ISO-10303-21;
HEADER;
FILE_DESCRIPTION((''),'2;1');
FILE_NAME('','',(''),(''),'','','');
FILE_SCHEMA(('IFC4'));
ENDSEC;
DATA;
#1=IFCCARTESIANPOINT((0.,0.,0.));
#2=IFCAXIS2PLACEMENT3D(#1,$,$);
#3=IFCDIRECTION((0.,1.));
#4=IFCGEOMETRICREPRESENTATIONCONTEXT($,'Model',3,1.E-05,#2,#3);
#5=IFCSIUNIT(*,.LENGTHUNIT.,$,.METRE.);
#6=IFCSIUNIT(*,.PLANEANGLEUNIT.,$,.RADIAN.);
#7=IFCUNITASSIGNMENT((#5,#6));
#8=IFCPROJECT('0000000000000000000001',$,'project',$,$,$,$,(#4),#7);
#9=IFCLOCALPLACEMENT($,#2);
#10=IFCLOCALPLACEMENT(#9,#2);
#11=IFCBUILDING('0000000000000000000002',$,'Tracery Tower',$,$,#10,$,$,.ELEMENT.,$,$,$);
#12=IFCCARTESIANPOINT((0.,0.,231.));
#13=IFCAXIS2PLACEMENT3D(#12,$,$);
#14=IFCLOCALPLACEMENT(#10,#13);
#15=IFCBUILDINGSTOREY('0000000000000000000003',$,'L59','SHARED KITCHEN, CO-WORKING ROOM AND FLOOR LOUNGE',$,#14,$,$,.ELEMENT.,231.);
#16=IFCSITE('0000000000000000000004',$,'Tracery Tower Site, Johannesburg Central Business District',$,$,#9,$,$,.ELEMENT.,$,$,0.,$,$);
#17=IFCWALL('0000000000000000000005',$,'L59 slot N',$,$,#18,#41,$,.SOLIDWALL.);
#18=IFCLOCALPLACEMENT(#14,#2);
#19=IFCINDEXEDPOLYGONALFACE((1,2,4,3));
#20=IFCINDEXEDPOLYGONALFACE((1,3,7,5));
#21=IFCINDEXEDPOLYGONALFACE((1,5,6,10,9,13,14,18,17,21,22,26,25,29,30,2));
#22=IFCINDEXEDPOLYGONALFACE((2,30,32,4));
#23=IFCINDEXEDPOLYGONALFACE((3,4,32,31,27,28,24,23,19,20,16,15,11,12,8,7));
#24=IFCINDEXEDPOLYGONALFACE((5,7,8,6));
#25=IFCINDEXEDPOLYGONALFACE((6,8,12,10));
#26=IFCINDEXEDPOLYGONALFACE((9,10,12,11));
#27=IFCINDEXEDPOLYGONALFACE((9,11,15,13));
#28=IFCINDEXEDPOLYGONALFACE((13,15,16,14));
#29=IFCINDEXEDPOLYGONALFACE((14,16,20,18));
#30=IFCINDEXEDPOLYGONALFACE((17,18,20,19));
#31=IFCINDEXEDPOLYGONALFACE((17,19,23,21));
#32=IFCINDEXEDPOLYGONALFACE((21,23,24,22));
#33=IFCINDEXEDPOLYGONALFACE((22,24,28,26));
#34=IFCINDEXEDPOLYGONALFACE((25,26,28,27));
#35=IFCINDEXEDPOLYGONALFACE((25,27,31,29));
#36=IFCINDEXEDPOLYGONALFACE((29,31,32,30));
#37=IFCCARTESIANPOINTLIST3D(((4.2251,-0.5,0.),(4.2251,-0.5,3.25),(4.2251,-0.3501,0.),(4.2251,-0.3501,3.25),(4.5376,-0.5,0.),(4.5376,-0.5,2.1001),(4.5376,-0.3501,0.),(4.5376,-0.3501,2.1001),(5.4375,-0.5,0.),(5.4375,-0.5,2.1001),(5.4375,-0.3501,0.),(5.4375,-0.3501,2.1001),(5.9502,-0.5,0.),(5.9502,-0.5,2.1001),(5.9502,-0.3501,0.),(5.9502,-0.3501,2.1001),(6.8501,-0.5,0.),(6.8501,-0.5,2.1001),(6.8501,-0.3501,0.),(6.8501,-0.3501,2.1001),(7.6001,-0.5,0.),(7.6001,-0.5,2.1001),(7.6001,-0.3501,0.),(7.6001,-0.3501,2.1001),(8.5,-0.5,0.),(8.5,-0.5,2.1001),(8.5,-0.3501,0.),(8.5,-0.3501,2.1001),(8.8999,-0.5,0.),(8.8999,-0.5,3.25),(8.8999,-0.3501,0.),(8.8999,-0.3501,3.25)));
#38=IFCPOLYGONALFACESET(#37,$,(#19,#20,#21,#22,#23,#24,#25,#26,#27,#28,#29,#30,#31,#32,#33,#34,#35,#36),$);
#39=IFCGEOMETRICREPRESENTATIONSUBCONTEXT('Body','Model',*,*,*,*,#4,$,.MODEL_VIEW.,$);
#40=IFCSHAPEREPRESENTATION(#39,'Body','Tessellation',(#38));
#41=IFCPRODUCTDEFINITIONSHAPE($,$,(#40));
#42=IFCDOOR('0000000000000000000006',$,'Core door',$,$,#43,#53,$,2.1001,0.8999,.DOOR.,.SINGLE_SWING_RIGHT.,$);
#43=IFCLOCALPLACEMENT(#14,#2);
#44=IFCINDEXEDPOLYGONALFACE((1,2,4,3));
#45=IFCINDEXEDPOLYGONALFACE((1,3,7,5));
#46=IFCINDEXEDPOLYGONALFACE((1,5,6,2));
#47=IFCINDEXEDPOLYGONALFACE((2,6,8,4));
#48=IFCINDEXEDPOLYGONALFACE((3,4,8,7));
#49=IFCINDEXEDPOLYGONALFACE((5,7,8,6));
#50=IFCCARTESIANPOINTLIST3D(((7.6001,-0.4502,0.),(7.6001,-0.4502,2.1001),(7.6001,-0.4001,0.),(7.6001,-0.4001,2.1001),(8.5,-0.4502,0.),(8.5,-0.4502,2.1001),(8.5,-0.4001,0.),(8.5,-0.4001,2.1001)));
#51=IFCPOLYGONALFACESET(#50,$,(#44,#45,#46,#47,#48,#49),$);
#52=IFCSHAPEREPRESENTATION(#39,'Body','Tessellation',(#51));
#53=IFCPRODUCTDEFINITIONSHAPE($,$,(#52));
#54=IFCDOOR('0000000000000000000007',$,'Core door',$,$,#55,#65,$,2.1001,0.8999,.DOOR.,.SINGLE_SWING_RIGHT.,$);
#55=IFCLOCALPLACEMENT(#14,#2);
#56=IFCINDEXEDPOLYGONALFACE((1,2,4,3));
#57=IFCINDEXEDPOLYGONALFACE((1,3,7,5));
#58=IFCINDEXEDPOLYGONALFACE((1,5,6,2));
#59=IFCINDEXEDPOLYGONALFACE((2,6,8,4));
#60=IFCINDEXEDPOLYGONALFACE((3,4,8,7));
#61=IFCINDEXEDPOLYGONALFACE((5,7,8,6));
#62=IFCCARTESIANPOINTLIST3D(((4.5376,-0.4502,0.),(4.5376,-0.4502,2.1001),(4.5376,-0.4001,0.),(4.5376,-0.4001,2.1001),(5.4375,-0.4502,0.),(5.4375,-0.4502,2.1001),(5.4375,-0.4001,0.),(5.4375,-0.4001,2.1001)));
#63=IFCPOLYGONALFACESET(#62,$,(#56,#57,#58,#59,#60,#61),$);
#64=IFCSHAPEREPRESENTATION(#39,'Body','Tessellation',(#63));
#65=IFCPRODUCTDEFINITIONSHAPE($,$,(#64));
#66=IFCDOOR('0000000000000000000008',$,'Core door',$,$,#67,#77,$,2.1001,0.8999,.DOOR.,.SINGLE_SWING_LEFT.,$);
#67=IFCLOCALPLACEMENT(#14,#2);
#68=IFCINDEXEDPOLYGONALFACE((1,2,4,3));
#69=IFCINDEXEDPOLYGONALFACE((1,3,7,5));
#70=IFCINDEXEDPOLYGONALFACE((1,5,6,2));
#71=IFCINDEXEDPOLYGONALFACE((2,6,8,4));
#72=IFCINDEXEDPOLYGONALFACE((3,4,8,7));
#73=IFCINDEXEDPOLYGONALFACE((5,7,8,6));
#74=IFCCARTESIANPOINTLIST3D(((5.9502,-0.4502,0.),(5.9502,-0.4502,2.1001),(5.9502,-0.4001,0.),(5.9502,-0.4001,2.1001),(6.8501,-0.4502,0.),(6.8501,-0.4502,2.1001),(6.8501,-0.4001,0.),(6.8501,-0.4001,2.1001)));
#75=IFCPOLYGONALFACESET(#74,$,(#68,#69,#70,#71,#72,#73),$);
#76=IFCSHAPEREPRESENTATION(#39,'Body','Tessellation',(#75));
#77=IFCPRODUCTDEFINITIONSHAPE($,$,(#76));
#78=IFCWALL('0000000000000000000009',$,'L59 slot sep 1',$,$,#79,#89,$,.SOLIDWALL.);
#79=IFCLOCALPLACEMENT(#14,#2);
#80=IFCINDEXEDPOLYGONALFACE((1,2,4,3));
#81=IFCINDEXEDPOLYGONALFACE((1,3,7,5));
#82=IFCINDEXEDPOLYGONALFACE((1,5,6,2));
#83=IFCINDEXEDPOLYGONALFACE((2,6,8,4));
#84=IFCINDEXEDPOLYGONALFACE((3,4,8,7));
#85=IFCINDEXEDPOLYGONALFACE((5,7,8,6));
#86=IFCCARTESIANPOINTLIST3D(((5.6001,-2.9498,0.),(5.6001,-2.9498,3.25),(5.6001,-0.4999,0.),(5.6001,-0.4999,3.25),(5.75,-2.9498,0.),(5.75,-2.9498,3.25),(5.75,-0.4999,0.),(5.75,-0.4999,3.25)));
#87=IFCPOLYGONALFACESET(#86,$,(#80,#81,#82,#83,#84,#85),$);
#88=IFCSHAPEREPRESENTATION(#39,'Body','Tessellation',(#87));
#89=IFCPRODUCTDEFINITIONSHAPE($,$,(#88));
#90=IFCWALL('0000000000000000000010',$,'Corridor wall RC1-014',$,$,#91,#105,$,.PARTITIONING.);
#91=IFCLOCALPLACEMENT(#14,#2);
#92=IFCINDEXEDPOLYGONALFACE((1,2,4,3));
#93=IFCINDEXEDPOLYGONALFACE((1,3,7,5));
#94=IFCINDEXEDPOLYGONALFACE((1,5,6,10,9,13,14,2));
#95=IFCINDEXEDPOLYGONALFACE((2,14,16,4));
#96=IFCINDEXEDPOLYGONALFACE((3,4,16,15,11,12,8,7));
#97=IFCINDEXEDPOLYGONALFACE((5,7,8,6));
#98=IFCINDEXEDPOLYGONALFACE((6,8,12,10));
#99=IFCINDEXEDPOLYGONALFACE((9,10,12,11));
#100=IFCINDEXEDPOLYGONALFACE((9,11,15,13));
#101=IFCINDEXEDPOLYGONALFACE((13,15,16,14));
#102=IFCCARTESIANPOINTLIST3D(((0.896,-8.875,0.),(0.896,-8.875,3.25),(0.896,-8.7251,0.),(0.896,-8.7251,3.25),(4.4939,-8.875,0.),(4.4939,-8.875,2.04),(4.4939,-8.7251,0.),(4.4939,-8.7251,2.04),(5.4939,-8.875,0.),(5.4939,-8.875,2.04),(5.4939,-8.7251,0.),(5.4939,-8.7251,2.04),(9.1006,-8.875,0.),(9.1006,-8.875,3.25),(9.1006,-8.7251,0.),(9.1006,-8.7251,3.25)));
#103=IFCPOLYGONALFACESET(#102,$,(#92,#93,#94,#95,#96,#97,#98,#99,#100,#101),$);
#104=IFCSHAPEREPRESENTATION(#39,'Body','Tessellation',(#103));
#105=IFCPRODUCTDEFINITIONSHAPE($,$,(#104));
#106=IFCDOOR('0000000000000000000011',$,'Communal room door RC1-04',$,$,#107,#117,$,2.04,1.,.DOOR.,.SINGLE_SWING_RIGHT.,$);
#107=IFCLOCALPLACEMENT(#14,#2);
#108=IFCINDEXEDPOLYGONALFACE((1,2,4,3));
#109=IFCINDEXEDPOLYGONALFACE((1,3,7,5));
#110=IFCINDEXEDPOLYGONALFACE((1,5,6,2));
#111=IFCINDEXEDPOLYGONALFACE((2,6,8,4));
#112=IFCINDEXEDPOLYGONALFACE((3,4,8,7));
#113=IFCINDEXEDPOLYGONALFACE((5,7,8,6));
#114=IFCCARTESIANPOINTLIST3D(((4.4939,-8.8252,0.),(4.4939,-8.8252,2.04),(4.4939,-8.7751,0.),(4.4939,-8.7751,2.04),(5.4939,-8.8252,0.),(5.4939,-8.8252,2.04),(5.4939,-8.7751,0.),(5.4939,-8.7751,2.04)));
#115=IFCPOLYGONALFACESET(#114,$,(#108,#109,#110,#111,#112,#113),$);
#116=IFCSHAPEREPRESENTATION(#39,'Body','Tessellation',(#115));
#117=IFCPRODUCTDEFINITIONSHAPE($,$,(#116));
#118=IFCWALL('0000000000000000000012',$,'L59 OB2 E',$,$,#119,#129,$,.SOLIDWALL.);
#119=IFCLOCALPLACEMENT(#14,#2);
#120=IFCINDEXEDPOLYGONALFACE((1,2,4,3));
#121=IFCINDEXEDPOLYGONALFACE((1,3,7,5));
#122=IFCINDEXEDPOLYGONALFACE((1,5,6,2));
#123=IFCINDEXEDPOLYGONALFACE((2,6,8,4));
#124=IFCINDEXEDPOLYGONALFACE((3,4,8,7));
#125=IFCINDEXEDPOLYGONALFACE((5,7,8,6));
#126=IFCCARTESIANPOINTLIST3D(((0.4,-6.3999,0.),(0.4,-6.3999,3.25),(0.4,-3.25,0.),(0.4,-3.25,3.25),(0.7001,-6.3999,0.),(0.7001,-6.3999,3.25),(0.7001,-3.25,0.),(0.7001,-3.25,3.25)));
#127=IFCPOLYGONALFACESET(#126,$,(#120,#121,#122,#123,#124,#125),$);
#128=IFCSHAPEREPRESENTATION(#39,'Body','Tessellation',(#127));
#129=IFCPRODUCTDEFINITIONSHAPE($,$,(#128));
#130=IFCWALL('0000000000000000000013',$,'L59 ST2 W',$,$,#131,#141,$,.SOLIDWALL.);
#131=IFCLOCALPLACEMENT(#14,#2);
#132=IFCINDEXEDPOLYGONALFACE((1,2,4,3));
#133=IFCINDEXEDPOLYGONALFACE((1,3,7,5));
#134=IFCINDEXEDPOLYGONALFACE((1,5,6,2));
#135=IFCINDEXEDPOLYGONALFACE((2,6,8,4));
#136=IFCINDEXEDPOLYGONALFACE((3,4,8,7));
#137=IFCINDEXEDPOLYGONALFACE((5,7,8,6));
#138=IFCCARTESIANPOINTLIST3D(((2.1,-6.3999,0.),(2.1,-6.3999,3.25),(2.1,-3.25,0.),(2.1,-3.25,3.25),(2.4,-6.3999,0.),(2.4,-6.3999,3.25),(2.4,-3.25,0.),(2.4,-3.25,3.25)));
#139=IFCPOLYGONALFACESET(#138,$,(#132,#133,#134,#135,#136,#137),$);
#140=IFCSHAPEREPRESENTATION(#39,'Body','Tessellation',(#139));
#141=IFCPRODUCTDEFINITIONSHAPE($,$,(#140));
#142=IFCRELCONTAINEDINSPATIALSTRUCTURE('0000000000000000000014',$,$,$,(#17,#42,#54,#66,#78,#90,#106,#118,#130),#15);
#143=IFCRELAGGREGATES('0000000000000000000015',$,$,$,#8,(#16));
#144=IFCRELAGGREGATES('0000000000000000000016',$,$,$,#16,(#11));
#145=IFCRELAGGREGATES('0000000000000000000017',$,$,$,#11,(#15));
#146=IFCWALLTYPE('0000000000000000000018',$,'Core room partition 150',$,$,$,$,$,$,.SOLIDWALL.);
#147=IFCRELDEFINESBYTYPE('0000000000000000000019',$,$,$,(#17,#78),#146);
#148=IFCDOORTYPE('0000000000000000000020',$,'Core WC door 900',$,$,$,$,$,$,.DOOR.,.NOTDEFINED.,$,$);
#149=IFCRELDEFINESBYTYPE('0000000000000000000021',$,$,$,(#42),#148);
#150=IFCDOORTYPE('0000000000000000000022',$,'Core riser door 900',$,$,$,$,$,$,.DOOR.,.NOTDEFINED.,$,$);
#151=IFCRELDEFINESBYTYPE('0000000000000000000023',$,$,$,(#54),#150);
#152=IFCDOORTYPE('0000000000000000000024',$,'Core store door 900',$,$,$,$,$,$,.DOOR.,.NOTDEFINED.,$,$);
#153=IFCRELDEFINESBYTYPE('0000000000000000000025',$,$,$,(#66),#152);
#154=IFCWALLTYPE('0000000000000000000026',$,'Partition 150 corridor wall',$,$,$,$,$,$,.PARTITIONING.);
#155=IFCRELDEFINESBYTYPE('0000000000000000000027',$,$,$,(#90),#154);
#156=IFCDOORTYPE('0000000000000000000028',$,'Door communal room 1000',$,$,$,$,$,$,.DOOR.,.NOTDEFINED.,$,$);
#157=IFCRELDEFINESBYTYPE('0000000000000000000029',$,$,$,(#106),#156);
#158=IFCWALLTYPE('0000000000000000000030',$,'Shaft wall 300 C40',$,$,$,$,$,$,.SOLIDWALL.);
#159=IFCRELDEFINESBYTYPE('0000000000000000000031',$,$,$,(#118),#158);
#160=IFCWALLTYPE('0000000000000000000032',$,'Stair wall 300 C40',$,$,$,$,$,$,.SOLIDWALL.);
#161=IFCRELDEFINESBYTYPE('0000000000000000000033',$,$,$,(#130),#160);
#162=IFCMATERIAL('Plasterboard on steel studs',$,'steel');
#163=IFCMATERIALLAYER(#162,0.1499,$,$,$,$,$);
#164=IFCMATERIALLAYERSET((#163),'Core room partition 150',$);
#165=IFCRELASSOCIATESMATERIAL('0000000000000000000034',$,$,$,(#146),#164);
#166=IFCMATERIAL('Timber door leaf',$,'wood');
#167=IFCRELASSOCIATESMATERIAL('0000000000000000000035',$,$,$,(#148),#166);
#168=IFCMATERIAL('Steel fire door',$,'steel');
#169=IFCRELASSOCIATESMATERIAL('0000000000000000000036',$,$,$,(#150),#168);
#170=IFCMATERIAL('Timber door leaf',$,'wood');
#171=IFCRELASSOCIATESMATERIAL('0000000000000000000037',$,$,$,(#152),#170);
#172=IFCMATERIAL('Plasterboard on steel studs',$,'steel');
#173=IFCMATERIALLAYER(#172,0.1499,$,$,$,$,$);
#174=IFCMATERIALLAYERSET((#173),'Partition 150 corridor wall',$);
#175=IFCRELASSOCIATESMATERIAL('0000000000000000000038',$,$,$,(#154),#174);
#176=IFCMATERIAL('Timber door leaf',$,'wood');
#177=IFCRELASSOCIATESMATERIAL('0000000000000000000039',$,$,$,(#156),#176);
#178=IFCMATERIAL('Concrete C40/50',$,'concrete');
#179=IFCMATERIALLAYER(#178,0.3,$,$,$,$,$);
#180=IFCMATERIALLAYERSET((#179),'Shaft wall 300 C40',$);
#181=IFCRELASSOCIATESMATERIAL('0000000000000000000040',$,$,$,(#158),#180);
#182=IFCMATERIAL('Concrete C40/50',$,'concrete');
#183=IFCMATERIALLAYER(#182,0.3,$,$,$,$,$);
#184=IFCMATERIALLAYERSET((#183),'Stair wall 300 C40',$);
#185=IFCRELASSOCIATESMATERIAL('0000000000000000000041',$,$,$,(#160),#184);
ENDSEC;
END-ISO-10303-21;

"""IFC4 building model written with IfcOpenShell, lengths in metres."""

from ifc_helpers import new_model, si_unit, direction, frame, frame_2d, origin, place, context, subcontext, project, spatial, rectangle, extrude, material, layer, layer_set, type_object, element, fill, save


model = new_model("IFC4")

# Units and contexts
model_context = context("Model", 3, precision=1e-05, world=origin(), true_north=direction((0.0, 1.0)))
body_context = subcontext(model_context, "Body", "Model", "MODEL_VIEW")
ifc_project = project(units=[si_unit("LENGTHUNIT", "METRE"), si_unit("PLANEANGLEUNIT", "RADIAN")], contexts=[model_context])

# Site, building, storey
site_placement = place(None, origin())
site = spatial("IfcSite", under=ifc_project, at=site_placement, Name="Tracery Tower Site, Johannesburg Central Business District", CompositionType="ELEMENT", RefElevation=0.0)
building_placement = place(site_placement, origin())
building = spatial("IfcBuilding", under=site, at=building_placement, Name="Tracery Tower", CompositionType="ELEMENT")
storey_placement = place(building_placement, frame((0.0, 0.0, 231.0)))
storey = spatial("IfcBuildingStorey", under=building, at=storey_placement, Name="L59", Description="SHARED KITCHEN, CO-WORKING ROOM AND FLOOR LOUNGE", CompositionType="ELEMENT", Elevation=231.0)

# Shared definitions
ifc_material_1 = material(Name="Plasterboard on steel studs", Category="steel")
ifc_layer_1 = layer(ifc_material_1, 0.1499)
ifc_layer_set_1 = layer_set([ifc_layer_1], Name="Core room partition 150")
wall_type_1 = type_object("IfcWallType", Name="Core room partition 150", PredefinedType="SOLIDWALL", material=ifc_layer_set_1)

# Wall, openings, doors
wall_1_placement = place(storey_placement, frame((4.2251, -0.425, 0.0), z_axis=(0.0, 0.0, 1.0), x_axis=(1.0, 0.0, 0.0)))
wall_1 = element("IfcWall", 1, at=wall_1_placement, inside=storey, type_object=wall_type_1, Name="L59 slot N", PredefinedType="SOLIDWALL", context=body_context, shape_type="SweptSolid", body=[
    extrude(rectangle(XDim=4.6748, YDim=0.1499, at=frame_2d((2.3374, 0.0))), origin(), (0.0, 0.0, 1.0), 3.25),
])
opening_1_placement = place(wall_1_placement, frame((0.3125, 0.0, 0.0)))
opening_1 = element("IfcOpeningElement", 2, at=opening_1_placement, cuts=wall_1, PredefinedType="OPENING", context=body_context, shape_type="SweptSolid", body=[
    extrude(rectangle(XDim=0.8999, YDim=2.1001, at=frame_2d((0.45, 1.05))), frame((0.0, 0.075, 0.0), z_axis=(0.0, -1.0, 0.0), x_axis=(1.0, 0.0, 0.0)), (0.0, 0.0, 1.0), 0.1499),
])
opening_2_placement = place(wall_1_placement, frame((1.7251, 0.0, 0.0)))
opening_2 = element("IfcOpeningElement", 3, at=opening_2_placement, cuts=wall_1, PredefinedType="OPENING", context=body_context, shape_type="SweptSolid", body=[
    extrude(rectangle(XDim=0.8999, YDim=2.1001, at=frame_2d((0.45, 1.05))), frame((0.0, 0.075, 0.0), z_axis=(0.0, -1.0, 0.0), x_axis=(1.0, 0.0, 0.0)), (0.0, 0.0, 1.0), 0.1499),
])
opening_3_placement = place(wall_1_placement, frame((3.375, 0.0, 0.0)))
opening_3 = element("IfcOpeningElement", 4, at=opening_3_placement, cuts=wall_1, PredefinedType="OPENING", context=body_context, shape_type="SweptSolid", body=[
    extrude(rectangle(XDim=0.8999, YDim=2.1001, at=frame_2d((0.45, 1.05))), frame((0.0, 0.075, 0.0), z_axis=(0.0, -1.0, 0.0), x_axis=(1.0, 0.0, 0.0)), (0.0, 0.0, 1.0), 0.1499),
])
ifc_material_2 = material(Name="Timber door leaf", Category="wood")
door_type_1 = type_object("IfcDoorType", Name="Core WC door 900", OperationType="NOTDEFINED", PredefinedType="DOOR", material=ifc_material_2)
door_1_placement = place(opening_3_placement, origin())
door_1 = element("IfcDoor", 5, at=door_1_placement, inside=storey, type_object=door_type_1, Name="Core door", OperationType="SINGLE_SWING_RIGHT", OverallHeight=2.1001, OverallWidth=0.8999, PredefinedType="DOOR", context=body_context, shape_type="SweptSolid", body=[
    extrude(rectangle(XDim=0.8999, YDim=2.1001, at=frame_2d((0.45, 1.05))), frame((0.0, 0.0249, 0.0), z_axis=(0.0, -1.0, 0.0), x_axis=(1.0, 0.0, 0.0)), (0.0, 0.0, 1.0), 0.05),
])
fill(opening_3, door_1)
ifc_material_3 = material(Name="Steel fire door", Category="steel")
door_type_2 = type_object("IfcDoorType", Name="Core riser door 900", OperationType="NOTDEFINED", PredefinedType="DOOR", material=ifc_material_3)
door_2_placement = place(opening_1_placement, origin())
door_2 = element("IfcDoor", 6, at=door_2_placement, inside=storey, type_object=door_type_2, Name="Core door", OperationType="SINGLE_SWING_RIGHT", OverallHeight=2.1001, OverallWidth=0.8999, PredefinedType="DOOR", context=body_context, shape_type="SweptSolid", body=[
    extrude(rectangle(XDim=0.8999, YDim=2.1001, at=frame_2d((0.45, 1.05))), frame((0.0, 0.0249, 0.0), z_axis=(0.0, -1.0, 0.0), x_axis=(1.0, 0.0, 0.0)), (0.0, 0.0, 1.0), 0.05),
])
fill(opening_1, door_2)
ifc_material_4 = material(Name="Timber door leaf", Category="wood")
door_type_3 = type_object("IfcDoorType", Name="Core store door 900", OperationType="NOTDEFINED", PredefinedType="DOOR", material=ifc_material_4)
door_3_placement = place(opening_2_placement, origin())
door_3 = element("IfcDoor", 7, at=door_3_placement, inside=storey, type_object=door_type_3, Name="Core door", OperationType="SINGLE_SWING_LEFT", OverallHeight=2.1001, OverallWidth=0.8999, PredefinedType="DOOR", context=body_context, shape_type="SweptSolid", body=[
    extrude(rectangle(XDim=0.8999, YDim=2.1001, at=frame_2d((0.45, 1.05))), frame((0.0, 0.0249, 0.0), z_axis=(0.0, -1.0, 0.0), x_axis=(1.0, 0.0, 0.0)), (0.0, 0.0, 1.0), 0.05),
])
fill(opening_2, door_3)

# Wall
wall_2_placement = place(storey_placement, frame((5.675, -2.95, 0.0), z_axis=(0.0, 0.0, 1.0), x_axis=(0.0, 1.0, 0.0)))
element("IfcWall", 8, at=wall_2_placement, inside=storey, type_object=wall_type_1, Name="L59 slot sep 1", PredefinedType="SOLIDWALL", context=body_context, shape_type="SweptSolid", body=[
    extrude(rectangle(XDim=2.45, YDim=0.1499, at=frame_2d((1.2251, 0.0))), origin(), (0.0, 0.0, 1.0), 3.25),
])

# Wall, opening, door
ifc_material_5 = material(Name="Plasterboard on steel studs", Category="steel")
ifc_layer_2 = layer(ifc_material_5, 0.1499)
ifc_layer_set_2 = layer_set([ifc_layer_2], Name="Partition 150 corridor wall")
wall_type_2 = type_object("IfcWallType", Name="Partition 150 corridor wall", PredefinedType="PARTITIONING", material=ifc_layer_set_2)
wall_3_placement = place(storey_placement, frame((0.896, -8.8, 0.0), z_axis=(0.0, 0.0, 1.0), x_axis=(1.0, 0.0, 0.0)))
wall_3 = element("IfcWall", 9, at=wall_3_placement, inside=storey, type_object=wall_type_2, Name="Corridor wall RC1-014", PredefinedType="PARTITIONING", context=body_context, shape_type="SweptSolid", body=[
    extrude(rectangle(XDim=8.2046, YDim=0.1499, at=frame_2d((4.1023, 0.0))), origin(), (0.0, 0.0, 1.0), 3.25),
])
opening_4_placement = place(wall_3_placement, frame((3.5979, 0.0, 0.0)))
opening_4 = element("IfcOpeningElement", 10, at=opening_4_placement, cuts=wall_3, PredefinedType="OPENING", context=body_context, shape_type="SweptSolid", body=[
    extrude(rectangle(XDim=1.0, YDim=2.04, at=frame_2d((0.5, 1.02))), frame((0.0, 0.075, 0.0), z_axis=(0.0, -1.0, 0.0), x_axis=(1.0, 0.0, 0.0)), (0.0, 0.0, 1.0), 0.1499),
])
ifc_material_6 = material(Name="Timber door leaf", Category="wood")
door_type_4 = type_object("IfcDoorType", Name="Door communal room 1000", OperationType="NOTDEFINED", PredefinedType="DOOR", material=ifc_material_6)
door_4_placement = place(opening_4_placement, origin())
door_4 = element("IfcDoor", 11, at=door_4_placement, inside=storey, type_object=door_type_4, Name="Communal room door RC1-04", OperationType="SINGLE_SWING_RIGHT", OverallHeight=2.04, OverallWidth=1.0, PredefinedType="DOOR", context=body_context, shape_type="SweptSolid", body=[
    extrude(rectangle(XDim=1.0, YDim=2.04, at=frame_2d((0.5, 1.02))), frame((0.0, 0.0249, 0.0), z_axis=(0.0, -1.0, 0.0), x_axis=(1.0, 0.0, 0.0)), (0.0, 0.0, 1.0), 0.05),
])
fill(opening_4, door_4)

# Wall
ifc_material_7 = material(Name="Concrete C40/50", Category="concrete")
ifc_layer_3 = layer(ifc_material_7, 0.3)
ifc_layer_set_3 = layer_set([ifc_layer_3], Name="Shaft wall 300 C40")
wall_type_3 = type_object("IfcWallType", Name="Shaft wall 300 C40", PredefinedType="SOLIDWALL", material=ifc_layer_set_3)
wall_4_placement = place(storey_placement, frame((0.55, -6.3999, 0.0), z_axis=(0.0, 0.0, 1.0), x_axis=(0.0, 1.0, 0.0)))
element("IfcWall", 12, at=wall_4_placement, inside=storey, type_object=wall_type_3, Name="L59 OB2 E", PredefinedType="SOLIDWALL", context=body_context, shape_type="SweptSolid", body=[
    extrude(rectangle(XDim=3.1499, YDim=0.3, at=frame_2d((1.575, 0.0))), origin(), (0.0, 0.0, 1.0), 3.25),
])

# Shared definitions
ifc_material_8 = material(Name="Concrete C40/50", Category="concrete")
ifc_layer_4 = layer(ifc_material_8, 0.3)
ifc_layer_set_4 = layer_set([ifc_layer_4], Name="Stair wall 300 C40")
wall_type_4 = type_object("IfcWallType", Name="Stair wall 300 C40", PredefinedType="SOLIDWALL", material=ifc_layer_set_4)

# Wall
wall_5_placement = place(storey_placement, frame((2.25, -6.3999, 0.0), z_axis=(0.0, 0.0, 1.0), x_axis=(0.0, 1.0, 0.0)))
element("IfcWall", 13, at=wall_5_placement, inside=storey, type_object=wall_type_4, Name="L59 ST2 W", PredefinedType="SOLIDWALL", context=body_context, shape_type="SweptSolid", body=[
    extrude(rectangle(XDim=3.1499, YDim=0.3, at=frame_2d((1.575, 0.0))), origin(), (0.0, 0.0, 1.0), 3.25),
])

save(model, "model.ifc")
